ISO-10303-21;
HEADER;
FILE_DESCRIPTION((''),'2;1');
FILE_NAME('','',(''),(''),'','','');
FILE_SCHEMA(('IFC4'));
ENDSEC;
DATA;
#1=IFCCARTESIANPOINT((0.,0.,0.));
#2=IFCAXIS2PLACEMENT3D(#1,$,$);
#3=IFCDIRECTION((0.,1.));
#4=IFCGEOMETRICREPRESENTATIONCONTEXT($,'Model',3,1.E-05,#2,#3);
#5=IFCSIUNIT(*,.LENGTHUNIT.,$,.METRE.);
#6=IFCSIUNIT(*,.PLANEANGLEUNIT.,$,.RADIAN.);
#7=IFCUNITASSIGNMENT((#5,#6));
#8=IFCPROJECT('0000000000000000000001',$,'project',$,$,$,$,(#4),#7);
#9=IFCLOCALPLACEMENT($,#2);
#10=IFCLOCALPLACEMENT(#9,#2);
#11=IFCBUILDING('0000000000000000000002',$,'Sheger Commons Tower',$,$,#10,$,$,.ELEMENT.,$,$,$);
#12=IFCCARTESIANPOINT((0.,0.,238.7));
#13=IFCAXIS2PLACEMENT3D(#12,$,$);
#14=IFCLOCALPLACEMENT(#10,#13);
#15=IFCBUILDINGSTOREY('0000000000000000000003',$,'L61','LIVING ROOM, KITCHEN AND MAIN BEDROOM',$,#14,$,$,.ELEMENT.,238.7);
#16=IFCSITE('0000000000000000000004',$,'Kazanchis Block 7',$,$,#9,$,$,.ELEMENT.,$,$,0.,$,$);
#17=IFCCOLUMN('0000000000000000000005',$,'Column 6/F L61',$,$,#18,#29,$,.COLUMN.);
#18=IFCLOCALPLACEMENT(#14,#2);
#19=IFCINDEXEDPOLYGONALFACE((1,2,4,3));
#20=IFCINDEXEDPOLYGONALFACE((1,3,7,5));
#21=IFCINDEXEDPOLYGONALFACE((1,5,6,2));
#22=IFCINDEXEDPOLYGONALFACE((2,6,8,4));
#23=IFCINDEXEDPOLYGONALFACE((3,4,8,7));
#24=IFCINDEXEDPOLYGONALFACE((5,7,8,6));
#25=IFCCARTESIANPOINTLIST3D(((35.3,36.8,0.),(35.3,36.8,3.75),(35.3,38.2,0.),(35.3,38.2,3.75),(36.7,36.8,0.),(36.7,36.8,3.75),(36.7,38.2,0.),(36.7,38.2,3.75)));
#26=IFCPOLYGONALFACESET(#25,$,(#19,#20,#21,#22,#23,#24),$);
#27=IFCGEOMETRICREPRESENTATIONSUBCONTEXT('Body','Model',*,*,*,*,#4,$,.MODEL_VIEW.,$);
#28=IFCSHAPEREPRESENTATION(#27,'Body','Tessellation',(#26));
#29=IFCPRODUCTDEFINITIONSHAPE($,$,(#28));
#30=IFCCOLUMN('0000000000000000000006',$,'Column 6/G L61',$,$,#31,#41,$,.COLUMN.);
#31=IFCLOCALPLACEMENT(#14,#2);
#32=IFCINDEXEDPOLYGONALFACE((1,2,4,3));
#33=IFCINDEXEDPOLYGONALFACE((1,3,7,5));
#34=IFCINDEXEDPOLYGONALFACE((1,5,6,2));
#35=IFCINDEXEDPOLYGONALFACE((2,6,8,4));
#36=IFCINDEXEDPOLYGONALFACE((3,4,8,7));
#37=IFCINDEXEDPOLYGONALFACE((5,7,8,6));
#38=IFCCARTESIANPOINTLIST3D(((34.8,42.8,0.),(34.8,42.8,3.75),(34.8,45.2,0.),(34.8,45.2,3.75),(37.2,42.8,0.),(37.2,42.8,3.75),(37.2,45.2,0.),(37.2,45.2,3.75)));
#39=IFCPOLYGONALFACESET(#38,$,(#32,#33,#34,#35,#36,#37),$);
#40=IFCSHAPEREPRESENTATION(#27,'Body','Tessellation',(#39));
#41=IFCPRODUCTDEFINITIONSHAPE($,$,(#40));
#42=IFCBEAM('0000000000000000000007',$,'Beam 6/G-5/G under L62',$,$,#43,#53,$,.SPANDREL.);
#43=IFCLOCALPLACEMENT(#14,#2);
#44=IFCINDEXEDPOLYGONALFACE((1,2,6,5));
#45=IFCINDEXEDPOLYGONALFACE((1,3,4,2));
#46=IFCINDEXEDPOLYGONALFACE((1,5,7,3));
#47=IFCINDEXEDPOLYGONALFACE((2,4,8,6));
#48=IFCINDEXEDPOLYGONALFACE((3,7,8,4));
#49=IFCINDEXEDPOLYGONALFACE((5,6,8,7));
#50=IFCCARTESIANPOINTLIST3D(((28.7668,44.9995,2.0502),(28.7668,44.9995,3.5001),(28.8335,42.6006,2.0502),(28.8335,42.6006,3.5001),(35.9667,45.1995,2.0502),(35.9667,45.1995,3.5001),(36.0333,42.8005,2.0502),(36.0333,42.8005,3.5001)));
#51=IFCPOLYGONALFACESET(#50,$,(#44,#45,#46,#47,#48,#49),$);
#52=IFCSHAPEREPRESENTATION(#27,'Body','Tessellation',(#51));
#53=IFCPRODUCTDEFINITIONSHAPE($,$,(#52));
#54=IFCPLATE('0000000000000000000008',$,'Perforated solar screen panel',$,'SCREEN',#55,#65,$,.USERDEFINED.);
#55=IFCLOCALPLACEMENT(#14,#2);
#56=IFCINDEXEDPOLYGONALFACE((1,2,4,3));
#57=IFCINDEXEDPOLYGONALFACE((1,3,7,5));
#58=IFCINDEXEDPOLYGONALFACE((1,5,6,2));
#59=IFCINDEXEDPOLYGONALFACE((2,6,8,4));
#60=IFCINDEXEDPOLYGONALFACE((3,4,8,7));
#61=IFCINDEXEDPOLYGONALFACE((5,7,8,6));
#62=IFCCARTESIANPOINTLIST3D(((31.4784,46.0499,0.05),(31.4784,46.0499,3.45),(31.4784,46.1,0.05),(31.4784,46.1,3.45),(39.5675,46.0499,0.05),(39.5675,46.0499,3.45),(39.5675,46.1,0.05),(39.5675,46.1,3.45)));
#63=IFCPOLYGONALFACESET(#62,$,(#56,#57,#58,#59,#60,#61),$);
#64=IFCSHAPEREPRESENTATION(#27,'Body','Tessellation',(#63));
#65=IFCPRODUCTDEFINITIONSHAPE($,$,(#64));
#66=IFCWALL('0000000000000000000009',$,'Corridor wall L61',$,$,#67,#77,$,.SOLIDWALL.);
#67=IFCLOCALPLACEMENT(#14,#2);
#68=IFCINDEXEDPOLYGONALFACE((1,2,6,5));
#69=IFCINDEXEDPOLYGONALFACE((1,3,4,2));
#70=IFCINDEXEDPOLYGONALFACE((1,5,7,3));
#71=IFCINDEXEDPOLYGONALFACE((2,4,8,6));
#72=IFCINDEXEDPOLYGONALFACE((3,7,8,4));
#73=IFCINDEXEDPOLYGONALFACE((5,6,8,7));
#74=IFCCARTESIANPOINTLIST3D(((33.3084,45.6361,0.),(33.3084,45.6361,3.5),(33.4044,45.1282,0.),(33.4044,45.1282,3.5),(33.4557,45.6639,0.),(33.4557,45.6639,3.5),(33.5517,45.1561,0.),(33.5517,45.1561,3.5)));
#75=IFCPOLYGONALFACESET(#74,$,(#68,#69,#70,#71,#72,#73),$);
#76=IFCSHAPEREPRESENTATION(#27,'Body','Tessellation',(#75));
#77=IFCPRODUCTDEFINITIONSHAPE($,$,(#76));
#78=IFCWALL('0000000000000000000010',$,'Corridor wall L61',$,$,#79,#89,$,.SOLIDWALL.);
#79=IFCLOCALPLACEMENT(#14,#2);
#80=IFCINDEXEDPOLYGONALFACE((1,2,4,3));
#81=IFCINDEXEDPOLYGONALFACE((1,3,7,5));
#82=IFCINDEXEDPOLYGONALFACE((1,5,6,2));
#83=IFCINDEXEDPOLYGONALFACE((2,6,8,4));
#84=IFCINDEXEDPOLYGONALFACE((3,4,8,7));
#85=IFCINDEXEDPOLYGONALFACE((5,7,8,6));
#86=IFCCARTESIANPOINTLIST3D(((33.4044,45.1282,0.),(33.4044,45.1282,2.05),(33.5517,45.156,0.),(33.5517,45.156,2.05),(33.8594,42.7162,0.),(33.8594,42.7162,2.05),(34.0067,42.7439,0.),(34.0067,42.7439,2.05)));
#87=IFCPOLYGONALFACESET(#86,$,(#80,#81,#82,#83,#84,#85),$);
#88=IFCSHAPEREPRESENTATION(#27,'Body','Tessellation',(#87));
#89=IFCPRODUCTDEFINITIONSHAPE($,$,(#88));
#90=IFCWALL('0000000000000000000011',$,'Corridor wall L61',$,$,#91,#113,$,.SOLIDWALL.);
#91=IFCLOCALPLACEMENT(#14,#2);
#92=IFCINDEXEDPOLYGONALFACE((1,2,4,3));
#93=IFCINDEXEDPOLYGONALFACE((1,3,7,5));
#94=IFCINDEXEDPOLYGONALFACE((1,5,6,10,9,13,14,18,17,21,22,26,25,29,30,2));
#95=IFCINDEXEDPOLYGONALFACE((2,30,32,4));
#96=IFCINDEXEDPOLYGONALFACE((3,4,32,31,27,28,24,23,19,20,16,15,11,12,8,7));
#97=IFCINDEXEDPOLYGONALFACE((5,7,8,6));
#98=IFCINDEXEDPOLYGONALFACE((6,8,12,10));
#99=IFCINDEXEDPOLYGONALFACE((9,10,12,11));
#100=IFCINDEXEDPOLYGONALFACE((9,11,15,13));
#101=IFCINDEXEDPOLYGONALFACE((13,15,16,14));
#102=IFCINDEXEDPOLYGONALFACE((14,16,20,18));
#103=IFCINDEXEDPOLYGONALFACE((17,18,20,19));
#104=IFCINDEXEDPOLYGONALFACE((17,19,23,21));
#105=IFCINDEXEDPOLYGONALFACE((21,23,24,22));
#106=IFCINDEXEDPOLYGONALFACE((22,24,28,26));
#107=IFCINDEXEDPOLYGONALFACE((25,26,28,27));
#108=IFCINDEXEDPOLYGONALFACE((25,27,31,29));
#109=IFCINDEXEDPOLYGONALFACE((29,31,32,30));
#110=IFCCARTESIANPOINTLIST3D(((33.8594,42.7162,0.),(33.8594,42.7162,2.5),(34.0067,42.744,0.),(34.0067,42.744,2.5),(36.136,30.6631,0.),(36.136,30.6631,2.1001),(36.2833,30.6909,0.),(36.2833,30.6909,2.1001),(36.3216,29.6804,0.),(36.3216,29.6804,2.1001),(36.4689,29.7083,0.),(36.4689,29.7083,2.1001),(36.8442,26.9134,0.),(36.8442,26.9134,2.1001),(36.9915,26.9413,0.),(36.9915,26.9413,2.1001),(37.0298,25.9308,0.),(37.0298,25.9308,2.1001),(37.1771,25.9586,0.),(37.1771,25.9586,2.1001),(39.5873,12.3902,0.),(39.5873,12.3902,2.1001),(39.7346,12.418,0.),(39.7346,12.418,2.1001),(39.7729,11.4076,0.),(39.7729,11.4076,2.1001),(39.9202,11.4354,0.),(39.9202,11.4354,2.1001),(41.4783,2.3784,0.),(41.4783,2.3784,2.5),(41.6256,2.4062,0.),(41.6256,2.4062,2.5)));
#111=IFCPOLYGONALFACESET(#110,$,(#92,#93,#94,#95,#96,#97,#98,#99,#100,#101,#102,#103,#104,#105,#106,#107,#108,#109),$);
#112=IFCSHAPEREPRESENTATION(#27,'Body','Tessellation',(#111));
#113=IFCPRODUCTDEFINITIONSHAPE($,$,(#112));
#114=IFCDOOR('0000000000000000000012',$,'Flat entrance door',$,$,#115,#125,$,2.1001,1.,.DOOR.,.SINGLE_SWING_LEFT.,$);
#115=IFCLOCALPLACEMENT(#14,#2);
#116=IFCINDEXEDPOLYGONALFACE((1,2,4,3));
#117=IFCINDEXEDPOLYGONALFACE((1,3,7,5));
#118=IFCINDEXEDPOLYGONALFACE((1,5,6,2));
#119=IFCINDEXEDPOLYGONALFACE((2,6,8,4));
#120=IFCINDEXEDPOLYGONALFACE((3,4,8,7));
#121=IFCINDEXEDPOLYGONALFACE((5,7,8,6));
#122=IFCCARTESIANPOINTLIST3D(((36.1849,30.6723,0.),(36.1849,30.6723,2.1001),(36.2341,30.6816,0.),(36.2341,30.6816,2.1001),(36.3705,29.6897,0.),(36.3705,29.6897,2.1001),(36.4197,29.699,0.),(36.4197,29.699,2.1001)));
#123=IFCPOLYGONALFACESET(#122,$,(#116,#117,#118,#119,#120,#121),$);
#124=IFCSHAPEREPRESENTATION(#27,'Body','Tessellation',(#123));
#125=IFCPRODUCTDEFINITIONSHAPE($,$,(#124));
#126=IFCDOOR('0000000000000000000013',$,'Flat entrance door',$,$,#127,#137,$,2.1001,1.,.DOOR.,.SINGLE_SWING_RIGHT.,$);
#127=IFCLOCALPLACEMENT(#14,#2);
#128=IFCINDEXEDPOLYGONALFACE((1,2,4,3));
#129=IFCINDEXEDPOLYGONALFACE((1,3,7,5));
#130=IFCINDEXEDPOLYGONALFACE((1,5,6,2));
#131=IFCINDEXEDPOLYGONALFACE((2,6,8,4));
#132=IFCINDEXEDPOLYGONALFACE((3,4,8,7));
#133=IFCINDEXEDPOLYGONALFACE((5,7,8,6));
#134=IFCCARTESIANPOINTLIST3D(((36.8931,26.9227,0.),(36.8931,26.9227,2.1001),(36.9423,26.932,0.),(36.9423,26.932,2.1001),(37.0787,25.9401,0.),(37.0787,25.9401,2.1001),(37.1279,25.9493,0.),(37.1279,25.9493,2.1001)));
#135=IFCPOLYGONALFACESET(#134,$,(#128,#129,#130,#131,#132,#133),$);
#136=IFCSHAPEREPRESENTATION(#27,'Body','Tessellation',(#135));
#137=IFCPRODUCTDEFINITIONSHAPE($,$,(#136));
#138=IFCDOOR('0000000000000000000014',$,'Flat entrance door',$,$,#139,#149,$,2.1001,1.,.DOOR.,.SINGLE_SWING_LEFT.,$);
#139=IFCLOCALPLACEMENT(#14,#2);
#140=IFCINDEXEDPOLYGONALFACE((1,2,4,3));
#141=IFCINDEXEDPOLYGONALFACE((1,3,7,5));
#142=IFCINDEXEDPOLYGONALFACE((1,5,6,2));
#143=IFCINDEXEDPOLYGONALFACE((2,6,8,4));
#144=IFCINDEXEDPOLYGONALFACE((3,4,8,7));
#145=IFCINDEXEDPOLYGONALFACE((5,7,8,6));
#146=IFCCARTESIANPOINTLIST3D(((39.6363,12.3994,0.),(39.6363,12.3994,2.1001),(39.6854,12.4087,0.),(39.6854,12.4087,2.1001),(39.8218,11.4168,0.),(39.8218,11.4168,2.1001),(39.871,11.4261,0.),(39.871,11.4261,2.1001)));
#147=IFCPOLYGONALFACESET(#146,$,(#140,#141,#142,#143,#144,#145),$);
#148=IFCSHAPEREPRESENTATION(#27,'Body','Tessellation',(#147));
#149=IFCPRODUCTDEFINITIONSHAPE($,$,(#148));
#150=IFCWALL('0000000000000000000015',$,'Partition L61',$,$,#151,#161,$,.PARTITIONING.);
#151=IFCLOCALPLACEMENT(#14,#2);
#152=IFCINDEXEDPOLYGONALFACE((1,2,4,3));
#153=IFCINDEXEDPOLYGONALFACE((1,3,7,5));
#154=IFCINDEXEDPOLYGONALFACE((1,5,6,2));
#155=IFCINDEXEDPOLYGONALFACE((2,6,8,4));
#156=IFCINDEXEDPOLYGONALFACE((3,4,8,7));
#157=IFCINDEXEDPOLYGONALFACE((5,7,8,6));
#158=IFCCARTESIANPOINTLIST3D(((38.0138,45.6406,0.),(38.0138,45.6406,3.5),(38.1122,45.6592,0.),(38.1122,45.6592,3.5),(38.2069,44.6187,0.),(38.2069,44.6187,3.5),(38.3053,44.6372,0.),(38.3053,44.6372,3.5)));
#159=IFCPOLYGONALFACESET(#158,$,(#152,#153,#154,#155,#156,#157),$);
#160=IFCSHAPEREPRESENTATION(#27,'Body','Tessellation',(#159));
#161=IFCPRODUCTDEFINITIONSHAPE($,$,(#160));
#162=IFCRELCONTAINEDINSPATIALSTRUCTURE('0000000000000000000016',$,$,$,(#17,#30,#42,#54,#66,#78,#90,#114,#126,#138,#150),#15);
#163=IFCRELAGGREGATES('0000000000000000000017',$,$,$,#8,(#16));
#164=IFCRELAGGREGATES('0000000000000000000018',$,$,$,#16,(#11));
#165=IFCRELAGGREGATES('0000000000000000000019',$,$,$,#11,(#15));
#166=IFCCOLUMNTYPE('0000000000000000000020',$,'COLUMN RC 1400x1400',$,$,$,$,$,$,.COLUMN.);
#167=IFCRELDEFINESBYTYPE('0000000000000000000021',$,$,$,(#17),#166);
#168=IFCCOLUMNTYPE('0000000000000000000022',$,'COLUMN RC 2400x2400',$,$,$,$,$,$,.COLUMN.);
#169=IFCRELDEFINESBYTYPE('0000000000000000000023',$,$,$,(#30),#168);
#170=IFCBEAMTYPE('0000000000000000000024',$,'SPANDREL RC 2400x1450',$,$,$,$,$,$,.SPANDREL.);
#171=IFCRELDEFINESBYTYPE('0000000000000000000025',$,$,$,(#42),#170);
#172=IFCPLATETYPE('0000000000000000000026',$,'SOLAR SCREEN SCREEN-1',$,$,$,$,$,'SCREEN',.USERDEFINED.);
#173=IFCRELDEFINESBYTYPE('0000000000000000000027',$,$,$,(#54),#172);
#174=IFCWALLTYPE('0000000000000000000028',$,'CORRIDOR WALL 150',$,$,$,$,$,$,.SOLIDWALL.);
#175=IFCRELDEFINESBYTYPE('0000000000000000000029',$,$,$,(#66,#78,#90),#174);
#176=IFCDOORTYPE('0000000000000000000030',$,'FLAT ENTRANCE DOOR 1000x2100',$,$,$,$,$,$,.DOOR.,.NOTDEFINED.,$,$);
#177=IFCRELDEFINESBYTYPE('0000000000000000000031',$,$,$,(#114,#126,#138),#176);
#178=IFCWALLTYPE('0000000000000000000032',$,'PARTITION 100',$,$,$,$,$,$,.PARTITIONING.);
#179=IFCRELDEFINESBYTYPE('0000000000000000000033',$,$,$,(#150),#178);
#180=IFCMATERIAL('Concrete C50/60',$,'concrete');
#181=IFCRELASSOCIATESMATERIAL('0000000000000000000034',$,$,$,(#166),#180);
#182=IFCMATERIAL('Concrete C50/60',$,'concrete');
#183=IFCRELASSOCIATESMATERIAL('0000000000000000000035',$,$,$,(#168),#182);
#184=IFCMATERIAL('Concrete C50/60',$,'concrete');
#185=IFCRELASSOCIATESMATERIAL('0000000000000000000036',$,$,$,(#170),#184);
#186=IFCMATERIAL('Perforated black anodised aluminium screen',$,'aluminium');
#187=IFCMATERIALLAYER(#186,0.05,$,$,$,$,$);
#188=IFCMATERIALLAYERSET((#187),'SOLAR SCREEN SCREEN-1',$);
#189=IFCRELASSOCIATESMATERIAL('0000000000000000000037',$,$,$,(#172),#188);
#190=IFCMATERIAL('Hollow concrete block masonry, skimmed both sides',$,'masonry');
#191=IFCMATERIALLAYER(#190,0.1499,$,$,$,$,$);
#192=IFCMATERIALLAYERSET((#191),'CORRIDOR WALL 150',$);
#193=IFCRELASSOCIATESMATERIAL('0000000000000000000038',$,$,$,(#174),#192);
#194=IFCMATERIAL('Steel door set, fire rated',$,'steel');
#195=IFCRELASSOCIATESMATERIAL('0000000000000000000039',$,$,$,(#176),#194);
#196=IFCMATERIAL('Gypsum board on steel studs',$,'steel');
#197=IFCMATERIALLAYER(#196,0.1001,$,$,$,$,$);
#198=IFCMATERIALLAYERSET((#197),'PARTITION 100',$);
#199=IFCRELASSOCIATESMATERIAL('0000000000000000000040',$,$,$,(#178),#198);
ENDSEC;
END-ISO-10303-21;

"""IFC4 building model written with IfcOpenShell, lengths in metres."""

from ifc_helpers import new_model, si_unit, direction, frame, frame_2d, origin, origin_2d, place, context, subcontext, project, spatial, rectangle, extrude, material, layer, layer_set, material_profile, profile_set, type_object, element, fill, save


model = new_model("IFC4")

# Units and contexts
model_context = context("Model", 3, precision=1e-05, world=origin(), true_north=direction((0.0, 1.0)))
body_context = subcontext(model_context, "Body", "Model", "MODEL_VIEW")
ifc_project = project(units=[si_unit("LENGTHUNIT", "METRE"), si_unit("PLANEANGLEUNIT", "RADIAN")], contexts=[model_context])

# Site, building, storey
site_placement = place(None, origin())
site = spatial("IfcSite", under=ifc_project, at=site_placement, Name="Kazanchis Block 7", CompositionType="ELEMENT", RefElevation=0.0)
building_placement = place(site_placement, origin())
building = spatial("IfcBuilding", under=site, at=building_placement, Name="Sheger Commons Tower", CompositionType="ELEMENT")
storey_placement = place(building_placement, frame((0.0, 0.0, 238.7)))
storey = spatial("IfcBuildingStorey", under=building, at=storey_placement, Name="L61", Description="LIVING ROOM, KITCHEN AND MAIN BEDROOM", CompositionType="ELEMENT", Elevation=238.7)

# Columns
ifc_material_1 = material(Name="Concrete C50/60", Category="concrete")
ifc_material_profile_1 = material_profile(ifc_material_1, rectangle(XDim=1.3999, YDim=1.3999, at=origin_2d()), Name="RC 1400x1400")
ifc_profile_set_1 = profile_set([ifc_material_profile_1], Name="Concrete C50/60")
column_type_1 = type_object("IfcColumnType", Name="COLUMN RC 1400x1400", PredefinedType="COLUMN", material=ifc_profile_set_1)
column_1_placement = place(storey_placement, frame((36.0, 37.5, 0.0), z_axis=(0.0, 0.0, 1.0), x_axis=(1.0, 0.0, 0.0)))
element("IfcColumn", 1, at=column_1_placement, inside=storey, type_object=column_type_1, Name="Column 6/F L61", PredefinedType="COLUMN", context=body_context, shape_type="SweptSolid", body=[
    extrude(rectangle(XDim=1.3999, YDim=1.3999, at=origin_2d()), origin(), (0.0, 0.0, 1.0), 3.75),
])
ifc_material_2 = material(Name="Concrete C50/60", Category="concrete")
ifc_material_profile_2 = material_profile(ifc_material_2, rectangle(XDim=2.3999, YDim=2.3999, at=origin_2d()), Name="RC 2400x2400")
ifc_profile_set_2 = profile_set([ifc_material_profile_2], Name="Concrete C50/60")
column_type_2 = type_object("IfcColumnType", Name="COLUMN RC 2400x2400", PredefinedType="COLUMN", material=ifc_profile_set_2)
column_2_placement = place(storey_placement, frame((36.0, 44.0, 0.0), z_axis=(0.0, 0.0, 1.0), x_axis=(1.0, 0.0, 0.0)))
element("IfcColumn", 2, at=column_2_placement, inside=storey, type_object=column_type_2, Name="Column 6/G L61", PredefinedType="COLUMN", context=body_context, shape_type="SweptSolid", body=[
    extrude(rectangle(XDim=2.3999, YDim=2.3999, at=origin_2d()), origin(), (0.0, 0.0, 1.0), 3.75),
])

# Beam
ifc_material_3 = material(Name="Concrete C50/60", Category="concrete")
ifc_material_profile_3 = material_profile(ifc_material_3, rectangle(XDim=2.3999, YDim=1.45, at=origin_2d()), Name="RC 2400x1450")
ifc_profile_set_3 = profile_set([ifc_material_profile_3], Name="Concrete C50/60")
beam_type = type_object("IfcBeamType", Name="SPANDREL RC 2400x1450", PredefinedType="SPANDREL", material=ifc_profile_set_3)
beam_placement = place(storey_placement, frame((36.0, 44.0, 2.7751), z_axis=(-0.999615, -0.02776, 0.0), x_axis=(0.02776, -0.999615, 0.0)))
element("IfcBeam", 3, at=beam_placement, inside=storey, type_object=beam_type, Name="Beam 6/G-5/G under L62", PredefinedType="SPANDREL", context=body_context, shape_type="SweptSolid", body=[
    extrude(rectangle(XDim=2.3999, YDim=1.45, at=origin_2d()), origin(), (0.0, 0.0, 1.0), 7.2026),
])

# Plate
ifc_material_4 = material(Name="Perforated black anodised aluminium screen", Category="aluminium")
ifc_layer_1 = layer(ifc_material_4, 0.05)
ifc_layer_set_1 = layer_set([ifc_layer_1], Name="SOLAR SCREEN SCREEN-1")
plate_type = type_object("IfcPlateType", Name="SOLAR SCREEN SCREEN-1", ElementType="SCREEN", PredefinedType="USERDEFINED", material=ifc_layer_set_1)
plate_placement = place(storey_placement, frame((35.5229, 46.075, 0.05), z_axis=(0.0, 0.0, 1.0), x_axis=(-1.0, 0.0, 0.0)))
element("IfcPlate", 4, at=plate_placement, inside=storey, type_object=plate_type, Name="Perforated solar screen panel", ObjectType="SCREEN", PredefinedType="USERDEFINED", context=body_context, shape_type="SweptSolid", body=[
    extrude(rectangle(XDim=8.0891, YDim=0.05, at=origin_2d()), origin(), (0.0, 0.0, 1.0), 3.3999),
])

# Walls
ifc_material_5 = material(Name="Hollow concrete block masonry, skimmed both sides", Category="masonry")
ifc_layer_2 = layer(ifc_material_5, 0.1499)
ifc_layer_set_2 = layer_set([ifc_layer_2], Name="CORRIDOR WALL 150")
wall_type_1 = type_object("IfcWallType", Name="CORRIDOR WALL 150", PredefinedType="SOLIDWALL", material=ifc_layer_set_2)
wall_1_placement = place(storey_placement, frame((33.3821, 45.6499, 0.0), z_axis=(0.0, 0.0, 1.0), x_axis=(0.185657, -0.982615, 0.0)))
element("IfcWall", 5, at=wall_1_placement, inside=storey, type_object=wall_type_1, Name="Corridor wall L61", PredefinedType="SOLIDWALL", context=body_context, shape_type="SweptSolid", body=[
    extrude(rectangle(XDim=0.5168, YDim=0.1499, at=frame_2d((0.2583, 0.0))), origin(), (0.0, 0.0, 1.0), 3.5),
])
wall_2_placement = place(storey_placement, frame((33.478, 45.1421, 0.0), z_axis=(0.0, 0.0, 1.0), x_axis=(0.185393, -0.982664, 0.0)))
element("IfcWall", 6, at=wall_2_placement, inside=storey, type_object=wall_type_1, Name="Corridor wall L61", PredefinedType="SOLIDWALL", context=body_context, shape_type="SweptSolid", body=[
    extrude(rectangle(XDim=2.4546, YDim=0.1499, at=frame_2d((1.2273, 0.0))), origin(), (0.0, 0.0, 1.0), 2.05),
])

# Wall, openings, doors
wall_3_placement = place(storey_placement, frame((33.9331, 42.73, 0.0), z_axis=(0.0, 0.0, 1.0), x_axis=(0.185595, -0.982626, 0.0)))
wall_3 = element("IfcWall", 7, at=wall_3_placement, inside=storey, type_object=wall_type_1, Name="Corridor wall L61", PredefinedType="SOLIDWALL", context=body_context, shape_type="SweptSolid", body=[
    extrude(rectangle(XDim=41.051, YDim=0.1499, at=frame_2d((20.5254, 0.0))), origin(), (0.0, 0.0, 1.0), 2.5),
])
opening_1_placement = place(wall_3_placement, frame((12.2661, 0.0, 0.0)))
opening_1 = element("IfcOpeningElement", 8, at=opening_1_placement, cuts=wall_3, PredefinedType="OPENING", context=body_context, shape_type="SweptSolid", body=[
    extrude(rectangle(XDim=1.0, YDim=2.1001, at=frame_2d((0.5, 1.05))), frame((0.0, 0.085, 0.0), z_axis=(0.0, -1.0, 0.0), x_axis=(1.0, 0.0, 0.0)), (0.0, 0.0, 1.0), 0.1699),
])
opening_2_placement = place(wall_3_placement, frame((16.082, 0.0, 0.0)))
opening_2 = element("IfcOpeningElement", 9, at=opening_2_placement, cuts=wall_3, PredefinedType="OPENING", context=body_context, shape_type="SweptSolid", body=[
    extrude(rectangle(XDim=1.0, YDim=2.1001, at=frame_2d((0.5, 1.05))), frame((0.0, 0.085, 0.0), z_axis=(0.0, -1.0, 0.0), x_axis=(1.0, 0.0, 0.0)), (0.0, 0.0, 1.0), 0.1699),
])
opening_3_placement = place(wall_3_placement, frame((30.8621, 0.0, 0.0)))
opening_3 = element("IfcOpeningElement", 10, at=opening_3_placement, cuts=wall_3, PredefinedType="OPENING", context=body_context, shape_type="SweptSolid", body=[
    extrude(rectangle(XDim=1.0, YDim=2.1001, at=frame_2d((0.5, 1.05))), frame((0.0, 0.085, 0.0), z_axis=(0.0, -1.0, 0.0), x_axis=(1.0, 0.0, 0.0)), (0.0, 0.0, 1.0), 0.1699),
])
ifc_material_6 = material(Name="Steel door set, fire rated", Category="steel")
door_type_1 = type_object("IfcDoorType", Name="FLAT ENTRANCE DOOR 1000x2100", OperationType="NOTDEFINED", PredefinedType="DOOR", material=ifc_material_6)
door_1_placement = place(opening_1_placement, origin())
door_1 = element("IfcDoor", 11, at=door_1_placement, inside=storey, type_object=door_type_1, Name="Flat entrance door", OperationType="SINGLE_SWING_LEFT", OverallHeight=2.1001, OverallWidth=1.0, PredefinedType="DOOR", context=body_context, shape_type="SweptSolid", body=[
    extrude(rectangle(XDim=1.0, YDim=2.1001, at=frame_2d((0.5, 1.05))), frame((0.0, 0.0249, 0.0), z_axis=(0.0, -1.0, 0.0), x_axis=(1.0, 0.0, 0.0)), (0.0, 0.0, 1.0), 0.05),
])
fill(opening_1, door_1)
door_2_placement = place(opening_2_placement, origin())
door_2 = element("IfcDoor", 12, at=door_2_placement, inside=storey, type_object=door_type_1, Name="Flat entrance door", OperationType="SINGLE_SWING_RIGHT", OverallHeight=2.1001, OverallWidth=1.0, PredefinedType="DOOR", context=body_context, shape_type="SweptSolid", body=[
    extrude(rectangle(XDim=1.0, YDim=2.1001, at=frame_2d((0.5, 1.05))), frame((0.0, 0.0249, 0.0), z_axis=(0.0, -1.0, 0.0), x_axis=(1.0, 0.0, 0.0)), (0.0, 0.0, 1.0), 0.05),
])
fill(opening_2, door_2)
door_3_placement = place(opening_3_placement, origin())
door_3 = element("IfcDoor", 13, at=door_3_placement, inside=storey, type_object=door_type_1, Name="Flat entrance door", OperationType="SINGLE_SWING_LEFT", OverallHeight=2.1001, OverallWidth=1.0, PredefinedType="DOOR", context=body_context, shape_type="SweptSolid", body=[
    extrude(rectangle(XDim=1.0, YDim=2.1001, at=frame_2d((0.5, 1.05))), frame((0.0, 0.0249, 0.0), z_axis=(0.0, -1.0, 0.0), x_axis=(1.0, 0.0, 0.0)), (0.0, 0.0, 1.0), 0.05),
])
fill(opening_3, door_3)

# Wall
ifc_material_7 = material(Name="Gypsum board on steel studs", Category="steel")
ifc_layer_3 = layer(ifc_material_7, 0.1001)
ifc_layer_set_3 = layer_set([ifc_layer_3], Name="PARTITION 100")
wall_type_2 = type_object("IfcWallType", Name="PARTITION 100", PredefinedType="PARTITIONING", material=ifc_layer_set_3)
wall_4_placement = place(storey_placement, frame((38.063, 45.6499, 0.0), z_axis=(0.0, 0.0, 1.0), x_axis=(0.185677, -0.982611, 0.0)))
element("IfcWall", 14, at=wall_4_placement, inside=storey, type_object=wall_type_2, Name="Partition L61", PredefinedType="PARTITIONING", context=body_context, shape_type="SweptSolid", body=[
    extrude(rectangle(XDim=1.04, YDim=0.1001, at=frame_2d((0.52, 0.0))), origin(), (0.0, 0.0, 1.0), 3.5),
])

save(model, "model.ifc")
